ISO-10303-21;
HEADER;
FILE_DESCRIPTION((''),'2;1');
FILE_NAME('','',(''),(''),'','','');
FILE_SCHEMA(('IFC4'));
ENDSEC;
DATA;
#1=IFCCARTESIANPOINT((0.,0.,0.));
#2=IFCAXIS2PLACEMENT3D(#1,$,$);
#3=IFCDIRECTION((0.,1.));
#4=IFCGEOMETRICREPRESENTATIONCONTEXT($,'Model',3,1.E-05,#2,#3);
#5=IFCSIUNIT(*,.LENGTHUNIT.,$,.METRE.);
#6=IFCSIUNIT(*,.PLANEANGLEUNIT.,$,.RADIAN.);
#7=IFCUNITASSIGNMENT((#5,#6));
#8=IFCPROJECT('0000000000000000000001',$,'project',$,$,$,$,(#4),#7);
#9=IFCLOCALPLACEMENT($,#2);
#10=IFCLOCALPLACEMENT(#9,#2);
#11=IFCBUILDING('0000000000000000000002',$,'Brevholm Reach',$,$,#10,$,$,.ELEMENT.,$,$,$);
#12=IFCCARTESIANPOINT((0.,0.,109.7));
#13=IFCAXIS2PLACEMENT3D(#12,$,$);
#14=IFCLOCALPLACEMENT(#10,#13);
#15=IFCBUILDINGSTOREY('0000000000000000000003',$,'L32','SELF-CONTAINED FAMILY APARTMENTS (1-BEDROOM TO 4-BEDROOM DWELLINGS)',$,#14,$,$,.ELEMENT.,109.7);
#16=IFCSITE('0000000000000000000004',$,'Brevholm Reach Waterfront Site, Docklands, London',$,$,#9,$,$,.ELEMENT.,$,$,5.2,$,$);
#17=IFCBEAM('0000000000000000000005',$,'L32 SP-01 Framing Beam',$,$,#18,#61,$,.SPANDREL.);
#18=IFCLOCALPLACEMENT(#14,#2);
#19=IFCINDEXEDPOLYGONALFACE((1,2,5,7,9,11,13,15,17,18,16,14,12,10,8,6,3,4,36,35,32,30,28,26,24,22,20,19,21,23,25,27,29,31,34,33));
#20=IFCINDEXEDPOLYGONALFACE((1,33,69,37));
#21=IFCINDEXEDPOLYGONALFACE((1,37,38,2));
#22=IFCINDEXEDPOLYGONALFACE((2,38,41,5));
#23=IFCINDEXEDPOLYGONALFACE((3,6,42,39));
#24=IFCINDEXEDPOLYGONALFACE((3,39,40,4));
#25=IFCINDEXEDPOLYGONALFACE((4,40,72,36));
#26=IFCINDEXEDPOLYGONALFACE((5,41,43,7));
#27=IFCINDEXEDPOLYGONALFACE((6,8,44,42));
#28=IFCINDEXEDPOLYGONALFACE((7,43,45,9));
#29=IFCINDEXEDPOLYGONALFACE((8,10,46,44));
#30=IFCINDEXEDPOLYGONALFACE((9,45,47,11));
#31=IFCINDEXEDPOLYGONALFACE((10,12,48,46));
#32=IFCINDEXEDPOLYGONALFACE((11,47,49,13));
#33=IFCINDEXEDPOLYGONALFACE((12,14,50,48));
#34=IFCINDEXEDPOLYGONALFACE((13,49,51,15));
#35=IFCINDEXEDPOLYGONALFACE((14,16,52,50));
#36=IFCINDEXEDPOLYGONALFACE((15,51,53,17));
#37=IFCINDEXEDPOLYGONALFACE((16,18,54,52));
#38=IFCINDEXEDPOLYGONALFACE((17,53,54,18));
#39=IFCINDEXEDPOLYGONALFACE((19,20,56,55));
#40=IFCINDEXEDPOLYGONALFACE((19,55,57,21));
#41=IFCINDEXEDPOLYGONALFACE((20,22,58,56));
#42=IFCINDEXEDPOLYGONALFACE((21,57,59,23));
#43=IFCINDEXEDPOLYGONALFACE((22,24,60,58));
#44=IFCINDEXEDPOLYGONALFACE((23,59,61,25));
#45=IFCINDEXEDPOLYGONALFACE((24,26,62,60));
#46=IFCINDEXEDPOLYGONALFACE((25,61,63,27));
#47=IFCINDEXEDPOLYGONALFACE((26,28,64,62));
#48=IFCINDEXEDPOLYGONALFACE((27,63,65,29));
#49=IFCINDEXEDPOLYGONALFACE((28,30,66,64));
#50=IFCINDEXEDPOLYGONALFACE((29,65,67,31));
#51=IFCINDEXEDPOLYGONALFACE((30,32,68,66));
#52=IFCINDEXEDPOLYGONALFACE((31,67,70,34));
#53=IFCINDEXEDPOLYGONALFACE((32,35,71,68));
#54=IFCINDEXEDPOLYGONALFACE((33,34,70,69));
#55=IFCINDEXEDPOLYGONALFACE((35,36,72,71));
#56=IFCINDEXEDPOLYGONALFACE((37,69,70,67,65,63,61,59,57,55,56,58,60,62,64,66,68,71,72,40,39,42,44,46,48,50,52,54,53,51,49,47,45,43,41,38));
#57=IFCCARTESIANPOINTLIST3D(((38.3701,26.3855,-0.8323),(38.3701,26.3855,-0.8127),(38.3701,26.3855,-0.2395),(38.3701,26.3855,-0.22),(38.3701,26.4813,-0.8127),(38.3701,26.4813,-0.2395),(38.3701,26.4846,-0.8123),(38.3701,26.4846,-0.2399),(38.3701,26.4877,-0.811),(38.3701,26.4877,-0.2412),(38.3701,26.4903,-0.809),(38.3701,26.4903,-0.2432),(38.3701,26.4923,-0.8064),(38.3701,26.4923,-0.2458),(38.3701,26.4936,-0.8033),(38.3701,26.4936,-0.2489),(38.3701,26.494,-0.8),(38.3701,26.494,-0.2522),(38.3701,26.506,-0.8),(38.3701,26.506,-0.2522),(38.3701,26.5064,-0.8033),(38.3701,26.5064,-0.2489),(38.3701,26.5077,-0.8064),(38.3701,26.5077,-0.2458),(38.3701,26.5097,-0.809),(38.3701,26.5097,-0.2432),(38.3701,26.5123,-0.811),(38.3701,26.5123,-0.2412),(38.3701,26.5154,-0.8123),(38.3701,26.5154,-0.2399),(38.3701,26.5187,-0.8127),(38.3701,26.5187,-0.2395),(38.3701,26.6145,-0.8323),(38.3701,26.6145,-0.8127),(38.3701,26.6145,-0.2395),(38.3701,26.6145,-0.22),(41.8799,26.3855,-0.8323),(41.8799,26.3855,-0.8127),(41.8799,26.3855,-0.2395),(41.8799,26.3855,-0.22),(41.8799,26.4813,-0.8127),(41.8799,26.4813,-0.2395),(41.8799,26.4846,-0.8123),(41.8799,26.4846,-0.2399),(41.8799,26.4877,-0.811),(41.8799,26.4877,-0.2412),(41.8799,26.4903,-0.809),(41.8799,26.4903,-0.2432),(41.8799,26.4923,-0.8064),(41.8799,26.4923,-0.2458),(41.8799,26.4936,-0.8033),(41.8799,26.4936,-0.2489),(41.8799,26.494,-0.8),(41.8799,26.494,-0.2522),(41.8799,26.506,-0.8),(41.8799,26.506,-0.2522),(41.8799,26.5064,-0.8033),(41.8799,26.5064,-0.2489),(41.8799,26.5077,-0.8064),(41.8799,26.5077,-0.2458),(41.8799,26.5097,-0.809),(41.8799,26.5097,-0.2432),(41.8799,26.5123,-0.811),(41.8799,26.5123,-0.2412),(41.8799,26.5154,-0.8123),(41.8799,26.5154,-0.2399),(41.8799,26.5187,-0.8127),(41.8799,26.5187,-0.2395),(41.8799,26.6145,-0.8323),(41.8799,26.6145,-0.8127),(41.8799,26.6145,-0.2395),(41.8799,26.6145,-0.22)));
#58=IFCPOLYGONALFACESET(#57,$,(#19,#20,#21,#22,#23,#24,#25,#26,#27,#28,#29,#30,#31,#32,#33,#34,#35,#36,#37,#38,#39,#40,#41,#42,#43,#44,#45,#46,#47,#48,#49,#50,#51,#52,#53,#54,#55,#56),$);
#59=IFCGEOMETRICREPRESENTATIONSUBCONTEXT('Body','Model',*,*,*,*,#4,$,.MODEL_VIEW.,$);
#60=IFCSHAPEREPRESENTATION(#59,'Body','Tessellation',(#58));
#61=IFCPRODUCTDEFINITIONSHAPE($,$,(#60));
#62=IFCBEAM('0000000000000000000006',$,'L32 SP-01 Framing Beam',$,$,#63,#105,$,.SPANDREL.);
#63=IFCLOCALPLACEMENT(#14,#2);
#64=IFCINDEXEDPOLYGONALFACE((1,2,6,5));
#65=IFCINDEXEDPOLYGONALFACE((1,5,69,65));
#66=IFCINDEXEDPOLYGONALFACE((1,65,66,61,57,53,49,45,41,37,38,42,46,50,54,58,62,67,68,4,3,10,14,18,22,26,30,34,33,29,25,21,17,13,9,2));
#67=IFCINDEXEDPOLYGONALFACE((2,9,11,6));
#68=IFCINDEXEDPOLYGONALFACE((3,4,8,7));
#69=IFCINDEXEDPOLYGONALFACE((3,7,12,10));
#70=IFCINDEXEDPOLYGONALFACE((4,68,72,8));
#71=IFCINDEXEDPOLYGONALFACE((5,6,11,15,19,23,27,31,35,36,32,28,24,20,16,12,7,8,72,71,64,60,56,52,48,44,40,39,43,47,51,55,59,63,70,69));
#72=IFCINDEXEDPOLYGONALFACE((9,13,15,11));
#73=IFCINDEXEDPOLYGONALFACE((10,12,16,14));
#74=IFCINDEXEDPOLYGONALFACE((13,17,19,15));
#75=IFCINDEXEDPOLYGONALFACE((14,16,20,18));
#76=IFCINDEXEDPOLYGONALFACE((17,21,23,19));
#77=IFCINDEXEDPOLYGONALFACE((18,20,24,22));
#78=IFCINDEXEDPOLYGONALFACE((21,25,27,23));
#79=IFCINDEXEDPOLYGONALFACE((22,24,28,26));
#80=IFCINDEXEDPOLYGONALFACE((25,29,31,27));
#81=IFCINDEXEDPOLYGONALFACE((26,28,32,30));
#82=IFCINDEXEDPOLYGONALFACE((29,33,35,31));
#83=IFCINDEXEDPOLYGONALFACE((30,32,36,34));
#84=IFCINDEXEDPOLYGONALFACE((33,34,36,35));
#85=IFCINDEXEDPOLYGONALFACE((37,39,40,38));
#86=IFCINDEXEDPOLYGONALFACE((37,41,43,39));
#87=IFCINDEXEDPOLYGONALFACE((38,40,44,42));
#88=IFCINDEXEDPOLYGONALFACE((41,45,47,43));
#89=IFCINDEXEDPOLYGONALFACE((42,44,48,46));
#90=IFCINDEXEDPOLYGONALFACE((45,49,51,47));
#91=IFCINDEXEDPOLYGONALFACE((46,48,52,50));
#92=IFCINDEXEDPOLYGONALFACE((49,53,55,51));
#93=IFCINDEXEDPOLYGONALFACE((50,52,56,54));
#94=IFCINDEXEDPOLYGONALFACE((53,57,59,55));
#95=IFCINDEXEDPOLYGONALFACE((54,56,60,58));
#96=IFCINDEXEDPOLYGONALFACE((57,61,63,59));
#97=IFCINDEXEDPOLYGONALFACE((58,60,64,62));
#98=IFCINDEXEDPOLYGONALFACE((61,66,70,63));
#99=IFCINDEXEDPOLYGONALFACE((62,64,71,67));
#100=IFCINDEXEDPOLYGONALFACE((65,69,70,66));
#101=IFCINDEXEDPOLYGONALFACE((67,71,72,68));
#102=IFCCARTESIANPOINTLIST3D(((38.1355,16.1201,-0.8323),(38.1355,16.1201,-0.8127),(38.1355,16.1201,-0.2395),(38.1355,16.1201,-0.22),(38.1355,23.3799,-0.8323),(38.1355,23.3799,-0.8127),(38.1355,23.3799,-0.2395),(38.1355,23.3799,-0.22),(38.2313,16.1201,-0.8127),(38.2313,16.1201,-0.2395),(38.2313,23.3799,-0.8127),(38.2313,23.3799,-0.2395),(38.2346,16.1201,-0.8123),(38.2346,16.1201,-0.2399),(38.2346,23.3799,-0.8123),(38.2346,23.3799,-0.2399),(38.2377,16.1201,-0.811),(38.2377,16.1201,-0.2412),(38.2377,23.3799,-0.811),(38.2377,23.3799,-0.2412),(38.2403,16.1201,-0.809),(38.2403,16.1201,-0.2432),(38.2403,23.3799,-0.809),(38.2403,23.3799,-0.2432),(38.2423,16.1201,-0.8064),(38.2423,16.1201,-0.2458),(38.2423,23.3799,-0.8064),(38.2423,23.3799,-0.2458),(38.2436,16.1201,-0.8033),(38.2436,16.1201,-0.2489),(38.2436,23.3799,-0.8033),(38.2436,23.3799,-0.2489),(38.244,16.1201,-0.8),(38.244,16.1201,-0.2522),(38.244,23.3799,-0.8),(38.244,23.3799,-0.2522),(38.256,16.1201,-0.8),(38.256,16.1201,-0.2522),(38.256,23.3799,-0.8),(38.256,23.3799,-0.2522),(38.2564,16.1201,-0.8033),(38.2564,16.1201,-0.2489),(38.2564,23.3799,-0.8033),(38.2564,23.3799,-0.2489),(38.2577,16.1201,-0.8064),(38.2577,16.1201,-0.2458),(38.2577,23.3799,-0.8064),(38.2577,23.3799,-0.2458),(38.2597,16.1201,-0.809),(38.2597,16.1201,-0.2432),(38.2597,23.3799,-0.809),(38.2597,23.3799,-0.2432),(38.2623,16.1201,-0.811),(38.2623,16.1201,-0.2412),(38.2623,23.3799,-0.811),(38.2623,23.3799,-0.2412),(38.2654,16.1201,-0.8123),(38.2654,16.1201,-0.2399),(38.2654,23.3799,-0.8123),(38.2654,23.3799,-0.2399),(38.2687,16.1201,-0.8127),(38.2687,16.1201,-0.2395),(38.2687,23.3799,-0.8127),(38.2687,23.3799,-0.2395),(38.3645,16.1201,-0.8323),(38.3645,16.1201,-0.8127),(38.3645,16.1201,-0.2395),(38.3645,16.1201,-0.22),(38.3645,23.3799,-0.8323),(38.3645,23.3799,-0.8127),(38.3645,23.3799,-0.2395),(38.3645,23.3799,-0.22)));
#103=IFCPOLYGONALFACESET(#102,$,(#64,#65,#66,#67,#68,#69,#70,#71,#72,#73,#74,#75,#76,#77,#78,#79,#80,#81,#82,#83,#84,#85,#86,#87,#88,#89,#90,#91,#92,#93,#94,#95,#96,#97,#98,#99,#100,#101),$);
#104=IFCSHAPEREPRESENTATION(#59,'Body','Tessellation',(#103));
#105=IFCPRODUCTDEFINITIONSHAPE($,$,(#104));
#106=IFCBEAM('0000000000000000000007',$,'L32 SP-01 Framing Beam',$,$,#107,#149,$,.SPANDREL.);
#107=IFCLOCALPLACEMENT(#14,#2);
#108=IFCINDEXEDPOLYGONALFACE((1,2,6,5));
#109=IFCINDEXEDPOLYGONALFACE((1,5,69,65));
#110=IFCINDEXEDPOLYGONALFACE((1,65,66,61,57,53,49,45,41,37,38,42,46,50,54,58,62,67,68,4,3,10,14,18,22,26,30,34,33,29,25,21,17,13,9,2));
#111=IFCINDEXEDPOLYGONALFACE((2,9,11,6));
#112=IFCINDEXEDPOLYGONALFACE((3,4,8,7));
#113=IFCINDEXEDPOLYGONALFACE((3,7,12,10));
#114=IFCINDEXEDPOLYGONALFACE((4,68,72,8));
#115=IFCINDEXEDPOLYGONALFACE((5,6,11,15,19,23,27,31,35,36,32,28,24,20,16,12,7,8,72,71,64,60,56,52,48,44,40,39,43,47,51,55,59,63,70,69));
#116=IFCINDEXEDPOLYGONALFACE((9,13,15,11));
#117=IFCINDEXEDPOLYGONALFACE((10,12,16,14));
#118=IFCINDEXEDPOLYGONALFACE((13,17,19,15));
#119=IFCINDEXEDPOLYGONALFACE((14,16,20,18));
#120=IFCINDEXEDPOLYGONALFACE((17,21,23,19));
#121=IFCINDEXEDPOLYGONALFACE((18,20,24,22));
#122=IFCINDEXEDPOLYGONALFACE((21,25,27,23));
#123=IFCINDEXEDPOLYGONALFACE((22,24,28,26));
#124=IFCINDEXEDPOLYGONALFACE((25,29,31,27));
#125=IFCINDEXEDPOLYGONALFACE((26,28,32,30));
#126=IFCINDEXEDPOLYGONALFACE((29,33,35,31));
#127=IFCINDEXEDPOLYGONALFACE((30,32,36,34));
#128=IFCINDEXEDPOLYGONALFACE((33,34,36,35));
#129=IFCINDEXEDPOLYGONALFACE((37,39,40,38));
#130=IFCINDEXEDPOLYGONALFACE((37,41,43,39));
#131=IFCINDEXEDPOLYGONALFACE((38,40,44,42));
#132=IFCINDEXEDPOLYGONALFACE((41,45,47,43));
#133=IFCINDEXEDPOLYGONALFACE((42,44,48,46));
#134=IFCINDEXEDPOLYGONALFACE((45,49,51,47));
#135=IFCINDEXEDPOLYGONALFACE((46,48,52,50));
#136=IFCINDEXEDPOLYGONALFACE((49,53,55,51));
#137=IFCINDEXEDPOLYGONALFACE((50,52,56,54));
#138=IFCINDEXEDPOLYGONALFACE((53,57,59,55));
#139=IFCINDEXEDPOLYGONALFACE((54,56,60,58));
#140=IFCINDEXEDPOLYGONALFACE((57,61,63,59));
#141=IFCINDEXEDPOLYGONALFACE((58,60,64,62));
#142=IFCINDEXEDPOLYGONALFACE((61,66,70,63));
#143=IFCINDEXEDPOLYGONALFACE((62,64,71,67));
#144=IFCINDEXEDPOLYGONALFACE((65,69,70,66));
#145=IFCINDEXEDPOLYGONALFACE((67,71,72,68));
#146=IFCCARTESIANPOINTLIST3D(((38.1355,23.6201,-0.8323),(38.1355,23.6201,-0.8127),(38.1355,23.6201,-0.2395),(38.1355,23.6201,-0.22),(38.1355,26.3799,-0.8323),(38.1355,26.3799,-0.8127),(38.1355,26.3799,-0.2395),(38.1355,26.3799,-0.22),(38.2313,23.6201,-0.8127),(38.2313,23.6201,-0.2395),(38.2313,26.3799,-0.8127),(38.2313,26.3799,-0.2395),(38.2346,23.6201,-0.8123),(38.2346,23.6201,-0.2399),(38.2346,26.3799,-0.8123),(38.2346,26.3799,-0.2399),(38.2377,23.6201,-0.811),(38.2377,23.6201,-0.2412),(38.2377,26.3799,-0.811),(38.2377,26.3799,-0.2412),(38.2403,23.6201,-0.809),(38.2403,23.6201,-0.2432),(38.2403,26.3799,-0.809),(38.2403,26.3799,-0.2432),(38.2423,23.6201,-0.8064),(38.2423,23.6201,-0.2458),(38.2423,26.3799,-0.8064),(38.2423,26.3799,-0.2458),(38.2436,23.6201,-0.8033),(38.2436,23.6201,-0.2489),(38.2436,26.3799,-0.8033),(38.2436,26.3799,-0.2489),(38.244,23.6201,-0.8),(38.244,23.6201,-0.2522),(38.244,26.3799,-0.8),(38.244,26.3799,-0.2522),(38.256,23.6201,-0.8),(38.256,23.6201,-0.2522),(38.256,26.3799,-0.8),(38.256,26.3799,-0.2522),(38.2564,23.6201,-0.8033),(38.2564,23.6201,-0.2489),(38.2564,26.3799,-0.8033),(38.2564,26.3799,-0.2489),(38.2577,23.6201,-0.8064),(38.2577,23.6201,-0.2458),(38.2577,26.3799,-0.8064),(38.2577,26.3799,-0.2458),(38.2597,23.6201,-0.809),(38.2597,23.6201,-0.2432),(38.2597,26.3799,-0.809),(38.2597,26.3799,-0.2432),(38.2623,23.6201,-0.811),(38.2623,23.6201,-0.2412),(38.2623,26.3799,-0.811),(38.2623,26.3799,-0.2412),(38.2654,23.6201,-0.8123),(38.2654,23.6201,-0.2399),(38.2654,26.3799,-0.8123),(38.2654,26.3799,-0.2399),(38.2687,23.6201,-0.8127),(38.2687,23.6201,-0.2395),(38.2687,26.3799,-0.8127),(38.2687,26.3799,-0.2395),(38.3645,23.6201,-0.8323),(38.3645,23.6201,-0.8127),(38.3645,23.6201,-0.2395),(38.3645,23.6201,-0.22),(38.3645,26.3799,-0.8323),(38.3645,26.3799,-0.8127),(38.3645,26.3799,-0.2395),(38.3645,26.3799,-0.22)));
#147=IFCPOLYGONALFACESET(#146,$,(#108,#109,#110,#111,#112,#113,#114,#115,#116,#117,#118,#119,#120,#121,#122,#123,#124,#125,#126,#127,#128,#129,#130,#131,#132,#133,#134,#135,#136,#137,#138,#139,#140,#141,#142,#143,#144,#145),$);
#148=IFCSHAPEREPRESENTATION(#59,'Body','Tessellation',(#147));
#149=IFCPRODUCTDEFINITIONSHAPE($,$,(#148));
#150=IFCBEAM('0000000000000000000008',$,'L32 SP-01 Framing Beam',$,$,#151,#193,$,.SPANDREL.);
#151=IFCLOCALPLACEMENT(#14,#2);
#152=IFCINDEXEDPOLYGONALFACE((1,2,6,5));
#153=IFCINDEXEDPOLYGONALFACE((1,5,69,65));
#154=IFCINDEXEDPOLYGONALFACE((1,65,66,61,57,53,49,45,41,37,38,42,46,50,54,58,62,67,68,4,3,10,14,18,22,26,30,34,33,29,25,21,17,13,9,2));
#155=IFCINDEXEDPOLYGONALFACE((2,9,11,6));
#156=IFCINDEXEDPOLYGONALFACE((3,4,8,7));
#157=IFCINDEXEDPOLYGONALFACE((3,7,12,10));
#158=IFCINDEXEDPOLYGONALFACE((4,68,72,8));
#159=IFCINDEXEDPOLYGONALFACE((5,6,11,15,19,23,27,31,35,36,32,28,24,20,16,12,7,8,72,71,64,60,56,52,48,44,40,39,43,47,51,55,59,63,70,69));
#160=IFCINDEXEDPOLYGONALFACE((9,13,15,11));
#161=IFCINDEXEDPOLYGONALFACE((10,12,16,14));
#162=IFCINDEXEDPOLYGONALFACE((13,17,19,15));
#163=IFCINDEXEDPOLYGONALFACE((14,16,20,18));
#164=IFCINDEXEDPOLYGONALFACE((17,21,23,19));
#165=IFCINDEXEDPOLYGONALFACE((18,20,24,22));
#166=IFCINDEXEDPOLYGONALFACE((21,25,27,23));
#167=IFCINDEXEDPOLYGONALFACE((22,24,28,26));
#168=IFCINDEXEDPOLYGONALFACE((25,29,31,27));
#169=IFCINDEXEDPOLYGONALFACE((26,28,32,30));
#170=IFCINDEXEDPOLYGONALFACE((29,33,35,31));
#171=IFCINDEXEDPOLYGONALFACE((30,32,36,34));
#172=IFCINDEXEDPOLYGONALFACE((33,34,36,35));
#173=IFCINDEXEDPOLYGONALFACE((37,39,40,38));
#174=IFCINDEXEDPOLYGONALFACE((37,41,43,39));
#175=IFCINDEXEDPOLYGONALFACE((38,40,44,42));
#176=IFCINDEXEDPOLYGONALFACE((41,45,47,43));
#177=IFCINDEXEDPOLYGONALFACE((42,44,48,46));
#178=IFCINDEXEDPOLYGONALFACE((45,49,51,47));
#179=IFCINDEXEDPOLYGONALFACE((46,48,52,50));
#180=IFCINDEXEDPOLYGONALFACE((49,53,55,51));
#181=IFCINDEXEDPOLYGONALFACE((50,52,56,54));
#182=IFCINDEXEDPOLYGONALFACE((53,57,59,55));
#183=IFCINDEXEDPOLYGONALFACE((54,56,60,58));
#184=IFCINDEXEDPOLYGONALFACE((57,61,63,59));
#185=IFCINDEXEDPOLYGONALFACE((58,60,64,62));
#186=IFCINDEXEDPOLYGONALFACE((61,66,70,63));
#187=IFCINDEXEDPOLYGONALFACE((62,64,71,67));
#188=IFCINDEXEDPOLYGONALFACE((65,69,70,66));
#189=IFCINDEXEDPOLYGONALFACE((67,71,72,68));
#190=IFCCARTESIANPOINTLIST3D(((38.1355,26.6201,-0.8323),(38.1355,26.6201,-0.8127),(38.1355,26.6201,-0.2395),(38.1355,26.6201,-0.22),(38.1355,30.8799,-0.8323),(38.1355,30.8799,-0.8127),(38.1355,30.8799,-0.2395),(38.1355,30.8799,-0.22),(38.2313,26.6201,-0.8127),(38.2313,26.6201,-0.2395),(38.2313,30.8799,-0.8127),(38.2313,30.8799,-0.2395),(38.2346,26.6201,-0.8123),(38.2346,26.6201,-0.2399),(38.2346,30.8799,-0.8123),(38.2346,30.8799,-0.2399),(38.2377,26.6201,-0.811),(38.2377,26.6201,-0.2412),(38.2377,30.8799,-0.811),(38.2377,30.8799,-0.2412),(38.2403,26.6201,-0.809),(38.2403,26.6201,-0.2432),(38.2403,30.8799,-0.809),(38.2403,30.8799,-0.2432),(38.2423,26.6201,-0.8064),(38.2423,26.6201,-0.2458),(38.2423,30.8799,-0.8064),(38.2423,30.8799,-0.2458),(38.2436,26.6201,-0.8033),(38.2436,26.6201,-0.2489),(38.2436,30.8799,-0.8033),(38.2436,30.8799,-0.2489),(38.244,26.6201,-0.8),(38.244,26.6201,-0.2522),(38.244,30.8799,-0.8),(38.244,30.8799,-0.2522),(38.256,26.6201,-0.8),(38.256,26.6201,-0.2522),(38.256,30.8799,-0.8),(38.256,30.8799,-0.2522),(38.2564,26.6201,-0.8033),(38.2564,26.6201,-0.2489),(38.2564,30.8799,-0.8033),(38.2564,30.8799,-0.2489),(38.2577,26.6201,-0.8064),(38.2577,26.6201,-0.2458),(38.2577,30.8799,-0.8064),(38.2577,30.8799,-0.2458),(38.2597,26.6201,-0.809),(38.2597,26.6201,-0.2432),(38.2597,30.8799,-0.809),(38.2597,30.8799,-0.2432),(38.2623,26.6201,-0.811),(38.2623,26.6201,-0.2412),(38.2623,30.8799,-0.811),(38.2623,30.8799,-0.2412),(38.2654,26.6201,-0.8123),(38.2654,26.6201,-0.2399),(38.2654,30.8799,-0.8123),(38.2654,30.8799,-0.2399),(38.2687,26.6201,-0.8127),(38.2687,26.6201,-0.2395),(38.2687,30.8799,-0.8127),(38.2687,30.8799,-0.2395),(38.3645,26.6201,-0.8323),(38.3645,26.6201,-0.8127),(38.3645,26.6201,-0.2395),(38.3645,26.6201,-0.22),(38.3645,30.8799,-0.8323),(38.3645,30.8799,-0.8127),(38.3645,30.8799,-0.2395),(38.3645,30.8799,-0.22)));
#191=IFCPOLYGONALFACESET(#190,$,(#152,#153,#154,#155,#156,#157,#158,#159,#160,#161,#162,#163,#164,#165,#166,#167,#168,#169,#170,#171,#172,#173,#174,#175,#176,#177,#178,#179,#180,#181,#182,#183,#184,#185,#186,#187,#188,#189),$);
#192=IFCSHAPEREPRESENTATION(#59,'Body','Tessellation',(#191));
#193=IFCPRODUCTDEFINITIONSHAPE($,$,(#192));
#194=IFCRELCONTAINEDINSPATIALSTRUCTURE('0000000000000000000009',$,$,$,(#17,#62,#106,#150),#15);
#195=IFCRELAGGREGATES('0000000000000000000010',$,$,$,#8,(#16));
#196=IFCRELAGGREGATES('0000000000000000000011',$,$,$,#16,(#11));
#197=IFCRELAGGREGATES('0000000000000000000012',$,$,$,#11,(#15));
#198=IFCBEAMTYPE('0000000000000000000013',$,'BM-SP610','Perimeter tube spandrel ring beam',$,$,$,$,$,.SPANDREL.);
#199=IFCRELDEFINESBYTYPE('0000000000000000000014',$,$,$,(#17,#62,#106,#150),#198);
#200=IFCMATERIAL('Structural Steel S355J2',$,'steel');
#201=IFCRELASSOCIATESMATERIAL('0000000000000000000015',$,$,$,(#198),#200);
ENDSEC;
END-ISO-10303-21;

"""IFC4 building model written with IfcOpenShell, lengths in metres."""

from ifc_helpers import new_model, si_unit, direction, frame, origin, origin_2d, place, context, subcontext, project, spatial, i_section, extrude, material, material_profile, profile_set, type_object, element, save


model = new_model("IFC4")

# Units and contexts
model_context = context("Model", 3, precision=1e-05, world=origin(), true_north=direction((0.0, 1.0)))
body_context = subcontext(model_context, "Body", "Model", "MODEL_VIEW")
ifc_project = project(units=[si_unit("LENGTHUNIT", "METRE"), si_unit("PLANEANGLEUNIT", "RADIAN")], contexts=[model_context])

# Site, building, storey
site_placement = place(None, origin())
site = spatial("IfcSite", under=ifc_project, at=site_placement, Name="Brevholm Reach Waterfront Site, Docklands, London", CompositionType="ELEMENT", RefElevation=5.2)
building_placement = place(site_placement, origin())
building = spatial("IfcBuilding", under=site, at=building_placement, Name="Brevholm Reach", CompositionType="ELEMENT")
storey_placement = place(building_placement, frame((0.0, 0.0, 109.7)))
storey = spatial("IfcBuildingStorey", under=building, at=storey_placement, Name="L32", Description="SELF-CONTAINED FAMILY APARTMENTS (1-BEDROOM TO 4-BEDROOM DWELLINGS)", CompositionType="ELEMENT", Elevation=109.7)

# Beams
ifc_material_1 = material(Name="Structural Steel S355J2", Category="steel")
ifc_material_profile_1 = material_profile(ifc_material_1, i_section(OverallWidth=0.229, OverallDepth=0.6123, WebThickness=0.012, FlangeThickness=0.0195, FilletRadius=0.0127, at=origin_2d()), Name="UKB 610x229x125")
ifc_profile_set_1 = profile_set([ifc_material_profile_1], Name="Structural Steel S355J2")
beam_type_1 = type_object("IfcBeamType", Name="BM-SP610", Description="Perimeter tube spandrel ring beam", PredefinedType="SPANDREL", material=ifc_profile_set_1)
for number, where, z_axis, x_axis, name in (
    (1, (38.3701, 26.5, -0.5261), (1.0, 0.0, 0.0), (0.0, 1.0, 0.0), "L32 SP-01 Framing Beam"),
):
    element("IfcBeam", number, at=place(storey_placement, frame(where, z_axis=z_axis, x_axis=x_axis)), inside=storey, type_object=beam_type_1, Name=name, PredefinedType="SPANDREL", context=body_context, shape_type="SweptSolid", body=[
        extrude(i_section(OverallWidth=0.229, OverallDepth=0.6123, WebThickness=0.012, FlangeThickness=0.0195, FilletRadius=0.0127, at=origin_2d()), origin(), (0.0, 0.0, 1.0), 3.5098),
    ])
beam_1_placement = place(storey_placement, frame((38.25, 16.1201, -0.5261), z_axis=(0.0, 1.0, 0.0), x_axis=(-1.0, 0.0, 0.0)))
element("IfcBeam", 2, at=beam_1_placement, inside=storey, type_object=beam_type_1, Name="L32 SP-01 Framing Beam", PredefinedType="SPANDREL", context=body_context, shape_type="SweptSolid", body=[
    extrude(i_section(OverallWidth=0.229, OverallDepth=0.6123, WebThickness=0.012, FlangeThickness=0.0195, FilletRadius=0.0127, at=origin_2d()), origin(), (0.0, 0.0, 1.0), 7.2598),
])
beam_2_placement = place(storey_placement, frame((38.25, 23.6201, -0.5261), z_axis=(0.0, 1.0, 0.0), x_axis=(-1.0, 0.0, 0.0)))
element("IfcBeam", 3, at=beam_2_placement, inside=storey, type_object=beam_type_1, Name="L32 SP-01 Framing Beam", PredefinedType="SPANDREL", context=body_context, shape_type="SweptSolid", body=[
    extrude(i_section(OverallWidth=0.229, OverallDepth=0.6123, WebThickness=0.012, FlangeThickness=0.0195, FilletRadius=0.0127, at=origin_2d()), origin(), (0.0, 0.0, 1.0), 2.7598),
])
beam_3_placement = place(storey_placement, frame((38.25, 26.6201, -0.5261), z_axis=(0.0, 1.0, 0.0), x_axis=(-1.0, 0.0, 0.0)))
element("IfcBeam", 4, at=beam_3_placement, inside=storey, type_object=beam_type_1, Name="L32 SP-01 Framing Beam", PredefinedType="SPANDREL", context=body_context, shape_type="SweptSolid", body=[
    extrude(i_section(OverallWidth=0.229, OverallDepth=0.6123, WebThickness=0.012, FlangeThickness=0.0195, FilletRadius=0.0127, at=origin_2d()), origin(), (0.0, 0.0, 1.0), 4.2598),
])

save(model, "model.ifc")
